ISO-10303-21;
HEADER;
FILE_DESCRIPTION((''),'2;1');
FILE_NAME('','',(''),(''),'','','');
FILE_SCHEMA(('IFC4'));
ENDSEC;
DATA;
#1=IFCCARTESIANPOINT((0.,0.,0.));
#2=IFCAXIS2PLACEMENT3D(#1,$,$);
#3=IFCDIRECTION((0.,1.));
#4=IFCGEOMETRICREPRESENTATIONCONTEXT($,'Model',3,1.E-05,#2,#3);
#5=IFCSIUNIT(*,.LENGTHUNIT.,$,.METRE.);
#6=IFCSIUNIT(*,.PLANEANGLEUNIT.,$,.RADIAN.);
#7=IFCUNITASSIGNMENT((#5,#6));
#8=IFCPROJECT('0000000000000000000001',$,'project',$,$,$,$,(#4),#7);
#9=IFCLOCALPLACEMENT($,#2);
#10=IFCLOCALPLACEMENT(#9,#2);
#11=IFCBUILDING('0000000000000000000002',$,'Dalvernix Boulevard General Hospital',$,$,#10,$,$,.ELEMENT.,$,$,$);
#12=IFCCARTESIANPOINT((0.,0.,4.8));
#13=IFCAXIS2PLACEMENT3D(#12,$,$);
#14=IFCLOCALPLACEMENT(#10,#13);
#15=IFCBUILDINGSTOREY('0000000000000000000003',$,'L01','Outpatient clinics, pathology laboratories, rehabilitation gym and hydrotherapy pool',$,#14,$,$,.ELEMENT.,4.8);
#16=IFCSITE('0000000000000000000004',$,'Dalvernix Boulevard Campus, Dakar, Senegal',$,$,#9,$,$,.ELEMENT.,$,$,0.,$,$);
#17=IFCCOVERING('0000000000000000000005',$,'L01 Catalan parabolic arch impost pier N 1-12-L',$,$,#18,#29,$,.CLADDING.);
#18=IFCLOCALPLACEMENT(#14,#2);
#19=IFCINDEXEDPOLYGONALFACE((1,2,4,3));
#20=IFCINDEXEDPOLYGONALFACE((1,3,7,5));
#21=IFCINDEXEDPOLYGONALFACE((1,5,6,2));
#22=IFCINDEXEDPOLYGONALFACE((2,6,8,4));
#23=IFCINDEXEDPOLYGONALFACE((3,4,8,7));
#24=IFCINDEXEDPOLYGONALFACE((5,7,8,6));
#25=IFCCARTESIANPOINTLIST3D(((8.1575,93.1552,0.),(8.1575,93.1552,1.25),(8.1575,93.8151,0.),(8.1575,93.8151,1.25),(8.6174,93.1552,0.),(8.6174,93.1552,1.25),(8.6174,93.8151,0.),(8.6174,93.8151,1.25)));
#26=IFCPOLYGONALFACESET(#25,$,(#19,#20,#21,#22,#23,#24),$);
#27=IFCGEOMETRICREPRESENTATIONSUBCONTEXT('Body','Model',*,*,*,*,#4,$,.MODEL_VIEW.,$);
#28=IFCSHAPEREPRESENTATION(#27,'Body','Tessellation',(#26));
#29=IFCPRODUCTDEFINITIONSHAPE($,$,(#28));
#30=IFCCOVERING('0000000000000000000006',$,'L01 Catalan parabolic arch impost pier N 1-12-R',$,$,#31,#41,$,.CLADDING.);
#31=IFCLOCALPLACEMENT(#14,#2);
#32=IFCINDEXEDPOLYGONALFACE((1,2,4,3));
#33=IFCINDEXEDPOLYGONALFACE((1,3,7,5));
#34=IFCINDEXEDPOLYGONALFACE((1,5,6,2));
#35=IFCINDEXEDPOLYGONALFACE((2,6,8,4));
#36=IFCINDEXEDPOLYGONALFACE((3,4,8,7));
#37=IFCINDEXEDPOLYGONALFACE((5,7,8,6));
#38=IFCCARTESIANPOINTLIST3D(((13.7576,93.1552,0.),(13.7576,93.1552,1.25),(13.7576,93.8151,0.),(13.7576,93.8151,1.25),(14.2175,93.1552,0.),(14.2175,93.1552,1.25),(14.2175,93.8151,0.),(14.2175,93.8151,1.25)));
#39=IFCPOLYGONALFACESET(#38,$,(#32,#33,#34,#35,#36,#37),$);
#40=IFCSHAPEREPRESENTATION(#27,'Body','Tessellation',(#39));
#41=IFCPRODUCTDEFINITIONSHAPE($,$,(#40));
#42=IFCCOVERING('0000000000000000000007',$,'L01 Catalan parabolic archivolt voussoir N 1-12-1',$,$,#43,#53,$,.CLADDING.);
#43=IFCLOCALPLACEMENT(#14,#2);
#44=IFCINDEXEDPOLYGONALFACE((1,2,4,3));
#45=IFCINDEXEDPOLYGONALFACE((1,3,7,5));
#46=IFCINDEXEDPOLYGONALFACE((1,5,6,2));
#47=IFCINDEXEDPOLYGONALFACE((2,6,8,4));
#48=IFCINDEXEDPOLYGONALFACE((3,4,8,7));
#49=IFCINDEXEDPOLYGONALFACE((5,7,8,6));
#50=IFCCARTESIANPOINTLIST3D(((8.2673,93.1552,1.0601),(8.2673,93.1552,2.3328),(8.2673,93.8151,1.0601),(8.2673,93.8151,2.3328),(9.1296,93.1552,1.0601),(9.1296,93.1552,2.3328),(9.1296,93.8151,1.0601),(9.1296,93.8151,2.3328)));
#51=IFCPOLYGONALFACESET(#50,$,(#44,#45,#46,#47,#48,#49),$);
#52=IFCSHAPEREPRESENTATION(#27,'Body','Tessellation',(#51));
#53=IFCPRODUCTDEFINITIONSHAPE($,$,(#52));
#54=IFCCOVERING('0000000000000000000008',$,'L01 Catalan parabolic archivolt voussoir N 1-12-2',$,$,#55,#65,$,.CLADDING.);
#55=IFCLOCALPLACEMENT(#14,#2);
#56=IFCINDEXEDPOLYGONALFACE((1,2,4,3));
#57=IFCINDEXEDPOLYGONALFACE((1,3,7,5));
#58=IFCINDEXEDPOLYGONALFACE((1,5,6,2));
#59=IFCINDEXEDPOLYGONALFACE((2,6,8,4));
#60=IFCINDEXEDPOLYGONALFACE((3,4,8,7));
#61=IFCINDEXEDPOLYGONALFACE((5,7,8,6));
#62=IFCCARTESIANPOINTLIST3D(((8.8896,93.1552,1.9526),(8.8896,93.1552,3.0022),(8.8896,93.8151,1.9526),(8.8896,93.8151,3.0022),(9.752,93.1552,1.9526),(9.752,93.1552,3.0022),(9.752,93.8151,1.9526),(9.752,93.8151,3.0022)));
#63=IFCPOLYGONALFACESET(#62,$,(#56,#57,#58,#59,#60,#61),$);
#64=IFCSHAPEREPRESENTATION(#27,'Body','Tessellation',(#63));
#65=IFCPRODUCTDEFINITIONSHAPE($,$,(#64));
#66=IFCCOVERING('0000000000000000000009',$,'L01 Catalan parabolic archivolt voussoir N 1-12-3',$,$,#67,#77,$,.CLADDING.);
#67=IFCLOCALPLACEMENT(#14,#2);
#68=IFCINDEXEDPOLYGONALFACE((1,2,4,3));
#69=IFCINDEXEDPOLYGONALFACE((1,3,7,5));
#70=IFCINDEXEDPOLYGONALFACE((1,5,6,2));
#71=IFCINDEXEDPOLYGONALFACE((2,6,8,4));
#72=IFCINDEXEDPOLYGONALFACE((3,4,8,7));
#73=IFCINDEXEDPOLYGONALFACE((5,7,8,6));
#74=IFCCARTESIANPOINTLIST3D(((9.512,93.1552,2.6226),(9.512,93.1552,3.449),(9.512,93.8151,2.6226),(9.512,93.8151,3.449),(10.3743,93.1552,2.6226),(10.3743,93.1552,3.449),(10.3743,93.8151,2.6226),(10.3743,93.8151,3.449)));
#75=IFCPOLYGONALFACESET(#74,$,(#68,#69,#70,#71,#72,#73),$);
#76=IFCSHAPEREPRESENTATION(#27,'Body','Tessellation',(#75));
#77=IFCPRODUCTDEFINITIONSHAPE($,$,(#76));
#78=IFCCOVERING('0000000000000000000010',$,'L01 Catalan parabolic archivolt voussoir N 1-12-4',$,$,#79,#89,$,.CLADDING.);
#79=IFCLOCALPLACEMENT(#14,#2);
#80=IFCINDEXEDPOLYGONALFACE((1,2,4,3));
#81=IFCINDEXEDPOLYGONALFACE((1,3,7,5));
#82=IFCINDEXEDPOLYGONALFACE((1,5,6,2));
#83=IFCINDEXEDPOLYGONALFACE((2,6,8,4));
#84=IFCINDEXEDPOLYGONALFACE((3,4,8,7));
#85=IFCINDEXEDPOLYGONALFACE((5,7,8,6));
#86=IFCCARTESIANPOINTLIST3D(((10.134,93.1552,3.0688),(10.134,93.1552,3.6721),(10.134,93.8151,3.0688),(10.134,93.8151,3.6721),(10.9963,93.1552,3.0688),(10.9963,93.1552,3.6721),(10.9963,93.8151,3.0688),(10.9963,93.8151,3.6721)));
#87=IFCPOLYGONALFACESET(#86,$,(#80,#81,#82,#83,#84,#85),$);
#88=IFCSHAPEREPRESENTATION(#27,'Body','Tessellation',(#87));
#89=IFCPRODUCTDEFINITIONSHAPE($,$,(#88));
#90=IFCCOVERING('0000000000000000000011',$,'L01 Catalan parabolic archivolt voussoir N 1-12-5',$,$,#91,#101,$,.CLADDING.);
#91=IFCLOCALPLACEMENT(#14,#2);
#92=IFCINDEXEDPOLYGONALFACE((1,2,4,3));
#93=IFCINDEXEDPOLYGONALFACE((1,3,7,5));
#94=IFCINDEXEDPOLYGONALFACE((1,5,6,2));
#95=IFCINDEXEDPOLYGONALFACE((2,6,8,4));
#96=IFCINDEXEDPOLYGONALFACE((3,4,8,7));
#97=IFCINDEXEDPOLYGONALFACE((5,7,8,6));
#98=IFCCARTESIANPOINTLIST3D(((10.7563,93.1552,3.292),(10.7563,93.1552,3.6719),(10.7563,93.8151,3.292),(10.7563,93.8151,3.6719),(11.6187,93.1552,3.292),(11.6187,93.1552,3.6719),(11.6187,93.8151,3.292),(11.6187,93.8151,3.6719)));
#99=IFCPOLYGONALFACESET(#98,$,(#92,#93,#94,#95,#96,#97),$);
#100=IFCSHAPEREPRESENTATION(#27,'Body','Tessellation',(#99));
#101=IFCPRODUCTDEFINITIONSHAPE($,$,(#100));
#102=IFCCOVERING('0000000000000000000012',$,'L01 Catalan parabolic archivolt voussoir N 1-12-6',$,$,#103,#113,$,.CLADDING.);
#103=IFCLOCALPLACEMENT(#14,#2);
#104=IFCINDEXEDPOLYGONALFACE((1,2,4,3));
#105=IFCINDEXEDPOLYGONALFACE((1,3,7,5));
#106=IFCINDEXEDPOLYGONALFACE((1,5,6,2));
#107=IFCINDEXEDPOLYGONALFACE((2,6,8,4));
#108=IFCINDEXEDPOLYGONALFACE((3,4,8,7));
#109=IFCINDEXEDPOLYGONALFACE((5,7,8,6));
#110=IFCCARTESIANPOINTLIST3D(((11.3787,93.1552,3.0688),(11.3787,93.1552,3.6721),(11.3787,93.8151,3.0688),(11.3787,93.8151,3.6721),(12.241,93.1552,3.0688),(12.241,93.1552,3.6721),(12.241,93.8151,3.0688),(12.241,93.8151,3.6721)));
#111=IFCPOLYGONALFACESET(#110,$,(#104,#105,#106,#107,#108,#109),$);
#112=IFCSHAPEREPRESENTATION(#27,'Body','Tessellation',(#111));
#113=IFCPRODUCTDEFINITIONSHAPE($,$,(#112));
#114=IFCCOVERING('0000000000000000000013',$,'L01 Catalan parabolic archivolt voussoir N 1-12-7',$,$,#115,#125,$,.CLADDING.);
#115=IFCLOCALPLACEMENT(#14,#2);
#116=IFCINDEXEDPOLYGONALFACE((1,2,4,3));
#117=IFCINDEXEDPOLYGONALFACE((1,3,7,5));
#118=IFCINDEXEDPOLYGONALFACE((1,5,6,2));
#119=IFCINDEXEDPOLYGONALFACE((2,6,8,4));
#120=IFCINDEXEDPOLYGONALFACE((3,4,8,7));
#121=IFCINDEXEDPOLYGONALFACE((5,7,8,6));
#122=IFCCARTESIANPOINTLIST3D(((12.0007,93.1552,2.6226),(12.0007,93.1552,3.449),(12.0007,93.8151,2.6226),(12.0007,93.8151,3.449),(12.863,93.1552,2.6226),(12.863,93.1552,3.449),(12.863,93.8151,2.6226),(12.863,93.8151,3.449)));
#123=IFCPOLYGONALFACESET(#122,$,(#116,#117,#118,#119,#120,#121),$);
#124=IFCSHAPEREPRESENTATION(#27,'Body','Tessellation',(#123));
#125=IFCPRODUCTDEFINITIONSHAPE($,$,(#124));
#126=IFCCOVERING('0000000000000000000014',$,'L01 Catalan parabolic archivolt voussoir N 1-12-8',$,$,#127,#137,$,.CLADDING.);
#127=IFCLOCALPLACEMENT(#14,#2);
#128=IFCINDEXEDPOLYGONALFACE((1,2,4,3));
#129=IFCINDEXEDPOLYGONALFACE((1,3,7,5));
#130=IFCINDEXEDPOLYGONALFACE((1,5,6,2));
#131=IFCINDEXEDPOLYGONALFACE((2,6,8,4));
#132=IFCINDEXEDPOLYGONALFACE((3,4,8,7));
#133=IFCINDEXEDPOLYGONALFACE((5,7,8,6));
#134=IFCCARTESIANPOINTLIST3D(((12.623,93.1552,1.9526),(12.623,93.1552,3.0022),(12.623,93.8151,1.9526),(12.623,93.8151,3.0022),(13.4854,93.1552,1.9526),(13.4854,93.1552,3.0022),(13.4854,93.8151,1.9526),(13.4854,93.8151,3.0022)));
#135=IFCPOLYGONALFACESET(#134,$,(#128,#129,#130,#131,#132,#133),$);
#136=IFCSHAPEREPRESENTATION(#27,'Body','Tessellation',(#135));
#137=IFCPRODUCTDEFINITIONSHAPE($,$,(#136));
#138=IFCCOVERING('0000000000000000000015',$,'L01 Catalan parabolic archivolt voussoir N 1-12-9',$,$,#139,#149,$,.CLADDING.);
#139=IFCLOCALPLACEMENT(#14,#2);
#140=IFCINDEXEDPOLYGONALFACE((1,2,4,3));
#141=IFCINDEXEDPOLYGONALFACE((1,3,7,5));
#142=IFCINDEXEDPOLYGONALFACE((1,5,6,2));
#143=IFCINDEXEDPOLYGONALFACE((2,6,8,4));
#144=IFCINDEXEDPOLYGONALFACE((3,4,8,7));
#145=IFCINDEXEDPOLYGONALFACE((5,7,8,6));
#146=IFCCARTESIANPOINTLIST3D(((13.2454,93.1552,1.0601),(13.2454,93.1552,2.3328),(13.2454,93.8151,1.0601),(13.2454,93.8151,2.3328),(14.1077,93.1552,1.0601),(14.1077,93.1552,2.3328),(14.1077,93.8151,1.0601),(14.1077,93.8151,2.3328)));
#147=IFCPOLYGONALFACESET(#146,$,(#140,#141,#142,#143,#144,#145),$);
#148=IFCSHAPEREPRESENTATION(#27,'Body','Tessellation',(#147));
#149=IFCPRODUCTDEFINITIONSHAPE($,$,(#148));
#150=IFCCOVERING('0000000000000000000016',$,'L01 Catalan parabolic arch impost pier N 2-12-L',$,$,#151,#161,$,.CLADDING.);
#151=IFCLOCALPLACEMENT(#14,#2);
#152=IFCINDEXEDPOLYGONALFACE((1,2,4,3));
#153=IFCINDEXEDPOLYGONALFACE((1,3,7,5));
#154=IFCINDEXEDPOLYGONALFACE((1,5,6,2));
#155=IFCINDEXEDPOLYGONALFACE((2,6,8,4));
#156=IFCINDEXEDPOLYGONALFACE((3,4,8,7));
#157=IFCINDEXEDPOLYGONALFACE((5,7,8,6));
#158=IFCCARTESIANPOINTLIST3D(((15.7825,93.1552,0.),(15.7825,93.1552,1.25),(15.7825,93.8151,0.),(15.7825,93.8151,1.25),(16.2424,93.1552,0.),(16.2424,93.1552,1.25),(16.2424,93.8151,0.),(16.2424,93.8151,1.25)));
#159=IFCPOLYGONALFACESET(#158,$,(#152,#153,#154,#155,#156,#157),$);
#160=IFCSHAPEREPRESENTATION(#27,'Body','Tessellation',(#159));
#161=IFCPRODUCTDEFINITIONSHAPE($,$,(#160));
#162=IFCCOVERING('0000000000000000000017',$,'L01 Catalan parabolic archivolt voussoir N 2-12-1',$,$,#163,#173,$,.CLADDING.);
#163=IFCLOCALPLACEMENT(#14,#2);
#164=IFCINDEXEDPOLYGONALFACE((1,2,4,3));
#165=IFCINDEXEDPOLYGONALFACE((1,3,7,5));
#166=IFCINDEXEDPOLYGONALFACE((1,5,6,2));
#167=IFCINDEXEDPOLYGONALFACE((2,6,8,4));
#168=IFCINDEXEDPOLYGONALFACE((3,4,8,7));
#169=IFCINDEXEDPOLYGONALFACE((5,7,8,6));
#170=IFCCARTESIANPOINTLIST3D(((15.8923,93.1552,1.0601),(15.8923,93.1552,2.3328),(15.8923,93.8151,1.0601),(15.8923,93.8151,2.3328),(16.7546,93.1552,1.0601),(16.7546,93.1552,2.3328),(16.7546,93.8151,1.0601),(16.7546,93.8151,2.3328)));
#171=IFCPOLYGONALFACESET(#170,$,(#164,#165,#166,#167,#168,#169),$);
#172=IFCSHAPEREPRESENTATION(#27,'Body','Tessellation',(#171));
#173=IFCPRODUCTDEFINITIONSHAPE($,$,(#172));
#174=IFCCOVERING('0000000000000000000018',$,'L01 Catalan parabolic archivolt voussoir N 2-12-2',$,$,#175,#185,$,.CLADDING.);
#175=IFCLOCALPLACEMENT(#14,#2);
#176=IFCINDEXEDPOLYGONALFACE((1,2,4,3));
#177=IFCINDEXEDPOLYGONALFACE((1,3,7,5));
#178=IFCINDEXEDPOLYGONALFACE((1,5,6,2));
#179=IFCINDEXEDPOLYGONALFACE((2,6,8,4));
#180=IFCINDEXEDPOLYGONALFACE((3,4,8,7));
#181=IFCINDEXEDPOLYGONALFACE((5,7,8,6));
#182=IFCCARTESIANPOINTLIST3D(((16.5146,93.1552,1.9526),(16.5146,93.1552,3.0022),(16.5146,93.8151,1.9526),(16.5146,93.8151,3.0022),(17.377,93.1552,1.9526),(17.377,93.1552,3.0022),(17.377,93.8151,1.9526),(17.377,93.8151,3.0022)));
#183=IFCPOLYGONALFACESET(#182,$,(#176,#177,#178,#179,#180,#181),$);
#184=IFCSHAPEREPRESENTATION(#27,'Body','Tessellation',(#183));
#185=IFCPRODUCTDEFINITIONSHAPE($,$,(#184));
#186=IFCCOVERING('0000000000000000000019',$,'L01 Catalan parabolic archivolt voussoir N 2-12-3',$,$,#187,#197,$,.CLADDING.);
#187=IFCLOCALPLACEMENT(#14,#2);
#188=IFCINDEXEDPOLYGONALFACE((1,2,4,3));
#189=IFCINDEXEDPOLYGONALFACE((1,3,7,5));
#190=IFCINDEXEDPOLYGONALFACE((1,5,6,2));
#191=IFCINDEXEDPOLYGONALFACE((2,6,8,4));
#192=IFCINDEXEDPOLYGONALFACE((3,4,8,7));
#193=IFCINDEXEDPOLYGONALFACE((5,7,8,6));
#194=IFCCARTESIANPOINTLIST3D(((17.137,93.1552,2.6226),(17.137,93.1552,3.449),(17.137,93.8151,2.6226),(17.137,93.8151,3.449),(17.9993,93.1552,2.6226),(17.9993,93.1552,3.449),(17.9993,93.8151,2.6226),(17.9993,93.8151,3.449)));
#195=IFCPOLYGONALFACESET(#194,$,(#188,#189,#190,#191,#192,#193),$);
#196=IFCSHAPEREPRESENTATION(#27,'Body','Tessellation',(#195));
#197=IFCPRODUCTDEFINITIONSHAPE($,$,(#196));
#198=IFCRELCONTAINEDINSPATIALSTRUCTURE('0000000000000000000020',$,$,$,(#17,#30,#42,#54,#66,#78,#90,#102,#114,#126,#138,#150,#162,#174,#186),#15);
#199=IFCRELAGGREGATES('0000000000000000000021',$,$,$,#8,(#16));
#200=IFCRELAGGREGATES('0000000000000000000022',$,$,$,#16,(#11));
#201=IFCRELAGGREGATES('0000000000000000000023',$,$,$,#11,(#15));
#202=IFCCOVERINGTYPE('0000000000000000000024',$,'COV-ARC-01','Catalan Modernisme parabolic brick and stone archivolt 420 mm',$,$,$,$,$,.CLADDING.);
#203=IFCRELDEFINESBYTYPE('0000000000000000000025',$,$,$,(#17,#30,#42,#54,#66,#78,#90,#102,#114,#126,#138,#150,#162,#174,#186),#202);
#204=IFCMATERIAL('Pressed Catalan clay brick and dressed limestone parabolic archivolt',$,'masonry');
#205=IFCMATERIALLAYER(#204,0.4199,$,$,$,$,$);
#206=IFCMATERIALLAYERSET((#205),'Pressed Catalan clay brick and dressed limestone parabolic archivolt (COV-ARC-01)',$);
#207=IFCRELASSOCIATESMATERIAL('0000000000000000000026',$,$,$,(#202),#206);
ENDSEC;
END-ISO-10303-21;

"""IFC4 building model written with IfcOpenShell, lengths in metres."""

from ifc_helpers import new_model, si_unit, direction, frame, origin, origin_2d, place, context, subcontext, project, spatial, rectangle, extrude, material, layer, layer_set, type_object, element, save


model = new_model("IFC4")

# Units and contexts
model_context = context("Model", 3, precision=1e-05, world=origin(), true_north=direction((0.0, 1.0)))
body_context = subcontext(model_context, "Body", "Model", "MODEL_VIEW")
ifc_project = project(units=[si_unit("LENGTHUNIT", "METRE"), si_unit("PLANEANGLEUNIT", "RADIAN")], contexts=[model_context])

# Site, building, storey
site_placement = place(None, origin())
site = spatial("IfcSite", under=ifc_project, at=site_placement, Name="Dalvernix Boulevard Campus, Dakar, Senegal", CompositionType="ELEMENT", RefElevation=0.0)
building_placement = place(site_placement, origin())
building = spatial("IfcBuilding", under=site, at=building_placement, Name="Dalvernix Boulevard General Hospital", CompositionType="ELEMENT")
storey_placement = place(building_placement, frame((0.0, 0.0, 4.8)))
storey = spatial("IfcBuildingStorey", under=building, at=storey_placement, Name="L01", Description="Outpatient clinics, pathology laboratories, rehabilitation gym and hydrotherapy pool", CompositionType="ELEMENT", Elevation=4.8)

# Coverings
ifc_material_1 = material(Name="Pressed Catalan clay brick and dressed limestone parabolic archivolt", Category="masonry")
ifc_layer_1 = layer(ifc_material_1, 0.4199)
ifc_layer_set_1 = layer_set([ifc_layer_1], Name="Pressed Catalan clay brick and dressed limestone parabolic archivolt (COV-ARC-01)")
covering_type_1 = type_object("IfcCoveringType", Name="COV-ARC-01", Description="Catalan Modernisme parabolic brick and stone archivolt 420 mm", PredefinedType="CLADDING", material=ifc_layer_set_1)
for number, where, z_axis, x_axis, name in (
    (1, (8.3875, 93.4851, 0.0), (0.0, 0.0, 1.0), (1.0, 0.0, 0.0), "L01 Catalan parabolic arch impost pier N 1-12-L"),
    (2, (13.9875, 93.4851, 0.0), (0.0, 0.0, 1.0), (1.0, 0.0, 0.0), "L01 Catalan parabolic arch impost pier N 1-12-R"),
):
    element("IfcCovering", number, at=place(storey_placement, frame(where, z_axis=z_axis, x_axis=x_axis)), inside=storey, type_object=covering_type_1, Name=name, PredefinedType="CLADDING", context=body_context, shape_type="SweptSolid", body=[
        extrude(rectangle(XDim=0.46, YDim=0.6599, at=origin_2d()), origin(), (0.0, 0.0, 1.0), 1.25),
    ])
covering_1_placement = place(storey_placement, frame((8.6985, 93.4851, 1.0601), z_axis=(0.0, 0.0, 1.0), x_axis=(1.0, 0.0, 0.0)))
element("IfcCovering", 3, at=covering_1_placement, inside=storey, type_object=covering_type_1, Name="L01 Catalan parabolic archivolt voussoir N 1-12-1", PredefinedType="CLADDING", context=body_context, shape_type="SweptSolid", body=[
    extrude(rectangle(XDim=0.8623, YDim=0.6599, at=origin_2d()), origin(), (0.0, 0.0, 1.0), 1.2727),
])
covering_2_placement = place(storey_placement, frame((9.3208, 93.4851, 1.9526), z_axis=(0.0, 0.0, 1.0), x_axis=(1.0, 0.0, 0.0)))
element("IfcCovering", 4, at=covering_2_placement, inside=storey, type_object=covering_type_1, Name="L01 Catalan parabolic archivolt voussoir N 1-12-2", PredefinedType="CLADDING", context=body_context, shape_type="SweptSolid", body=[
    extrude(rectangle(XDim=0.8623, YDim=0.6599, at=origin_2d()), origin(), (0.0, 0.0, 1.0), 1.0496),
])
covering_3_placement = place(storey_placement, frame((9.9431, 93.4851, 2.6226), z_axis=(0.0, 0.0, 1.0), x_axis=(1.0, 0.0, 0.0)))
element("IfcCovering", 5, at=covering_3_placement, inside=storey, type_object=covering_type_1, Name="L01 Catalan parabolic archivolt voussoir N 1-12-3", PredefinedType="CLADDING", context=body_context, shape_type="SweptSolid", body=[
    extrude(rectangle(XDim=0.8623, YDim=0.6599, at=origin_2d()), origin(), (0.0, 0.0, 1.0), 0.8264),
])
covering_4_placement = place(storey_placement, frame((10.5652, 93.4851, 3.0688), z_axis=(0.0, 0.0, 1.0), x_axis=(1.0, 0.0, 0.0)))
element("IfcCovering", 6, at=covering_4_placement, inside=storey, type_object=covering_type_1, Name="L01 Catalan parabolic archivolt voussoir N 1-12-4", PredefinedType="CLADDING", context=body_context, shape_type="SweptSolid", body=[
    extrude(rectangle(XDim=0.8623, YDim=0.6599, at=origin_2d()), origin(), (0.0, 0.0, 1.0), 0.6033),
])
covering_5_placement = place(storey_placement, frame((11.1875, 93.4851, 3.292), z_axis=(0.0, 0.0, 1.0), x_axis=(1.0, 0.0, 0.0)))
element("IfcCovering", 7, at=covering_5_placement, inside=storey, type_object=covering_type_1, Name="L01 Catalan parabolic archivolt voussoir N 1-12-5", PredefinedType="CLADDING", context=body_context, shape_type="SweptSolid", body=[
    extrude(rectangle(XDim=0.8623, YDim=0.6599, at=origin_2d()), origin(), (0.0, 0.0, 1.0), 0.3799),
])
covering_6_placement = place(storey_placement, frame((11.8098, 93.4851, 3.0688), z_axis=(0.0, 0.0, 1.0), x_axis=(1.0, 0.0, 0.0)))
element("IfcCovering", 8, at=covering_6_placement, inside=storey, type_object=covering_type_1, Name="L01 Catalan parabolic archivolt voussoir N 1-12-6", PredefinedType="CLADDING", context=body_context, shape_type="SweptSolid", body=[
    extrude(rectangle(XDim=0.8623, YDim=0.6599, at=origin_2d()), origin(), (0.0, 0.0, 1.0), 0.6033),
])
covering_7_placement = place(storey_placement, frame((12.4319, 93.4851, 2.6226), z_axis=(0.0, 0.0, 1.0), x_axis=(1.0, 0.0, 0.0)))
element("IfcCovering", 9, at=covering_7_placement, inside=storey, type_object=covering_type_1, Name="L01 Catalan parabolic archivolt voussoir N 1-12-7", PredefinedType="CLADDING", context=body_context, shape_type="SweptSolid", body=[
    extrude(rectangle(XDim=0.8623, YDim=0.6599, at=origin_2d()), origin(), (0.0, 0.0, 1.0), 0.8264),
])
covering_8_placement = place(storey_placement, frame((13.0542, 93.4851, 1.9526), z_axis=(0.0, 0.0, 1.0), x_axis=(1.0, 0.0, 0.0)))
element("IfcCovering", 10, at=covering_8_placement, inside=storey, type_object=covering_type_1, Name="L01 Catalan parabolic archivolt voussoir N 1-12-8", PredefinedType="CLADDING", context=body_context, shape_type="SweptSolid", body=[
    extrude(rectangle(XDim=0.8623, YDim=0.6599, at=origin_2d()), origin(), (0.0, 0.0, 1.0), 1.0496),
])
covering_9_placement = place(storey_placement, frame((13.6765, 93.4851, 1.0601), z_axis=(0.0, 0.0, 1.0), x_axis=(1.0, 0.0, 0.0)))
element("IfcCovering", 11, at=covering_9_placement, inside=storey, type_object=covering_type_1, Name="L01 Catalan parabolic archivolt voussoir N 1-12-9", PredefinedType="CLADDING", context=body_context, shape_type="SweptSolid", body=[
    extrude(rectangle(XDim=0.8623, YDim=0.6599, at=origin_2d()), origin(), (0.0, 0.0, 1.0), 1.2727),
])
covering_10_placement = place(storey_placement, frame((16.0125, 93.4851, 0.0), z_axis=(0.0, 0.0, 1.0), x_axis=(1.0, 0.0, 0.0)))
element("IfcCovering", 12, at=covering_10_placement, inside=storey, type_object=covering_type_1, Name="L01 Catalan parabolic arch impost pier N 2-12-L", PredefinedType="CLADDING", context=body_context, shape_type="SweptSolid", body=[
    extrude(rectangle(XDim=0.46, YDim=0.6599, at=origin_2d()), origin(), (0.0, 0.0, 1.0), 1.25),
])
covering_11_placement = place(storey_placement, frame((16.3235, 93.4851, 1.0601), z_axis=(0.0, 0.0, 1.0), x_axis=(1.0, 0.0, 0.0)))
element("IfcCovering", 13, at=covering_11_placement, inside=storey, type_object=covering_type_1, Name="L01 Catalan parabolic archivolt voussoir N 2-12-1", PredefinedType="CLADDING", context=body_context, shape_type="SweptSolid", body=[
    extrude(rectangle(XDim=0.8623, YDim=0.6599, at=origin_2d()), origin(), (0.0, 0.0, 1.0), 1.2727),
])
covering_12_placement = place(storey_placement, frame((16.9458, 93.4851, 1.9526), z_axis=(0.0, 0.0, 1.0), x_axis=(1.0, 0.0, 0.0)))
element("IfcCovering", 14, at=covering_12_placement, inside=storey, type_object=covering_type_1, Name="L01 Catalan parabolic archivolt voussoir N 2-12-2", PredefinedType="CLADDING", context=body_context, shape_type="SweptSolid", body=[
    extrude(rectangle(XDim=0.8623, YDim=0.6599, at=origin_2d()), origin(), (0.0, 0.0, 1.0), 1.0496),
])
covering_13_placement = place(storey_placement, frame((17.5681, 93.4851, 2.6226), z_axis=(0.0, 0.0, 1.0), x_axis=(1.0, 0.0, 0.0)))
element("IfcCovering", 15, at=covering_13_placement, inside=storey, type_object=covering_type_1, Name="L01 Catalan parabolic archivolt voussoir N 2-12-3", PredefinedType="CLADDING", context=body_context, shape_type="SweptSolid", body=[
    extrude(rectangle(XDim=0.8623, YDim=0.6599, at=origin_2d()), origin(), (0.0, 0.0, 1.0), 0.8264),
])

save(model, "model.ifc")
